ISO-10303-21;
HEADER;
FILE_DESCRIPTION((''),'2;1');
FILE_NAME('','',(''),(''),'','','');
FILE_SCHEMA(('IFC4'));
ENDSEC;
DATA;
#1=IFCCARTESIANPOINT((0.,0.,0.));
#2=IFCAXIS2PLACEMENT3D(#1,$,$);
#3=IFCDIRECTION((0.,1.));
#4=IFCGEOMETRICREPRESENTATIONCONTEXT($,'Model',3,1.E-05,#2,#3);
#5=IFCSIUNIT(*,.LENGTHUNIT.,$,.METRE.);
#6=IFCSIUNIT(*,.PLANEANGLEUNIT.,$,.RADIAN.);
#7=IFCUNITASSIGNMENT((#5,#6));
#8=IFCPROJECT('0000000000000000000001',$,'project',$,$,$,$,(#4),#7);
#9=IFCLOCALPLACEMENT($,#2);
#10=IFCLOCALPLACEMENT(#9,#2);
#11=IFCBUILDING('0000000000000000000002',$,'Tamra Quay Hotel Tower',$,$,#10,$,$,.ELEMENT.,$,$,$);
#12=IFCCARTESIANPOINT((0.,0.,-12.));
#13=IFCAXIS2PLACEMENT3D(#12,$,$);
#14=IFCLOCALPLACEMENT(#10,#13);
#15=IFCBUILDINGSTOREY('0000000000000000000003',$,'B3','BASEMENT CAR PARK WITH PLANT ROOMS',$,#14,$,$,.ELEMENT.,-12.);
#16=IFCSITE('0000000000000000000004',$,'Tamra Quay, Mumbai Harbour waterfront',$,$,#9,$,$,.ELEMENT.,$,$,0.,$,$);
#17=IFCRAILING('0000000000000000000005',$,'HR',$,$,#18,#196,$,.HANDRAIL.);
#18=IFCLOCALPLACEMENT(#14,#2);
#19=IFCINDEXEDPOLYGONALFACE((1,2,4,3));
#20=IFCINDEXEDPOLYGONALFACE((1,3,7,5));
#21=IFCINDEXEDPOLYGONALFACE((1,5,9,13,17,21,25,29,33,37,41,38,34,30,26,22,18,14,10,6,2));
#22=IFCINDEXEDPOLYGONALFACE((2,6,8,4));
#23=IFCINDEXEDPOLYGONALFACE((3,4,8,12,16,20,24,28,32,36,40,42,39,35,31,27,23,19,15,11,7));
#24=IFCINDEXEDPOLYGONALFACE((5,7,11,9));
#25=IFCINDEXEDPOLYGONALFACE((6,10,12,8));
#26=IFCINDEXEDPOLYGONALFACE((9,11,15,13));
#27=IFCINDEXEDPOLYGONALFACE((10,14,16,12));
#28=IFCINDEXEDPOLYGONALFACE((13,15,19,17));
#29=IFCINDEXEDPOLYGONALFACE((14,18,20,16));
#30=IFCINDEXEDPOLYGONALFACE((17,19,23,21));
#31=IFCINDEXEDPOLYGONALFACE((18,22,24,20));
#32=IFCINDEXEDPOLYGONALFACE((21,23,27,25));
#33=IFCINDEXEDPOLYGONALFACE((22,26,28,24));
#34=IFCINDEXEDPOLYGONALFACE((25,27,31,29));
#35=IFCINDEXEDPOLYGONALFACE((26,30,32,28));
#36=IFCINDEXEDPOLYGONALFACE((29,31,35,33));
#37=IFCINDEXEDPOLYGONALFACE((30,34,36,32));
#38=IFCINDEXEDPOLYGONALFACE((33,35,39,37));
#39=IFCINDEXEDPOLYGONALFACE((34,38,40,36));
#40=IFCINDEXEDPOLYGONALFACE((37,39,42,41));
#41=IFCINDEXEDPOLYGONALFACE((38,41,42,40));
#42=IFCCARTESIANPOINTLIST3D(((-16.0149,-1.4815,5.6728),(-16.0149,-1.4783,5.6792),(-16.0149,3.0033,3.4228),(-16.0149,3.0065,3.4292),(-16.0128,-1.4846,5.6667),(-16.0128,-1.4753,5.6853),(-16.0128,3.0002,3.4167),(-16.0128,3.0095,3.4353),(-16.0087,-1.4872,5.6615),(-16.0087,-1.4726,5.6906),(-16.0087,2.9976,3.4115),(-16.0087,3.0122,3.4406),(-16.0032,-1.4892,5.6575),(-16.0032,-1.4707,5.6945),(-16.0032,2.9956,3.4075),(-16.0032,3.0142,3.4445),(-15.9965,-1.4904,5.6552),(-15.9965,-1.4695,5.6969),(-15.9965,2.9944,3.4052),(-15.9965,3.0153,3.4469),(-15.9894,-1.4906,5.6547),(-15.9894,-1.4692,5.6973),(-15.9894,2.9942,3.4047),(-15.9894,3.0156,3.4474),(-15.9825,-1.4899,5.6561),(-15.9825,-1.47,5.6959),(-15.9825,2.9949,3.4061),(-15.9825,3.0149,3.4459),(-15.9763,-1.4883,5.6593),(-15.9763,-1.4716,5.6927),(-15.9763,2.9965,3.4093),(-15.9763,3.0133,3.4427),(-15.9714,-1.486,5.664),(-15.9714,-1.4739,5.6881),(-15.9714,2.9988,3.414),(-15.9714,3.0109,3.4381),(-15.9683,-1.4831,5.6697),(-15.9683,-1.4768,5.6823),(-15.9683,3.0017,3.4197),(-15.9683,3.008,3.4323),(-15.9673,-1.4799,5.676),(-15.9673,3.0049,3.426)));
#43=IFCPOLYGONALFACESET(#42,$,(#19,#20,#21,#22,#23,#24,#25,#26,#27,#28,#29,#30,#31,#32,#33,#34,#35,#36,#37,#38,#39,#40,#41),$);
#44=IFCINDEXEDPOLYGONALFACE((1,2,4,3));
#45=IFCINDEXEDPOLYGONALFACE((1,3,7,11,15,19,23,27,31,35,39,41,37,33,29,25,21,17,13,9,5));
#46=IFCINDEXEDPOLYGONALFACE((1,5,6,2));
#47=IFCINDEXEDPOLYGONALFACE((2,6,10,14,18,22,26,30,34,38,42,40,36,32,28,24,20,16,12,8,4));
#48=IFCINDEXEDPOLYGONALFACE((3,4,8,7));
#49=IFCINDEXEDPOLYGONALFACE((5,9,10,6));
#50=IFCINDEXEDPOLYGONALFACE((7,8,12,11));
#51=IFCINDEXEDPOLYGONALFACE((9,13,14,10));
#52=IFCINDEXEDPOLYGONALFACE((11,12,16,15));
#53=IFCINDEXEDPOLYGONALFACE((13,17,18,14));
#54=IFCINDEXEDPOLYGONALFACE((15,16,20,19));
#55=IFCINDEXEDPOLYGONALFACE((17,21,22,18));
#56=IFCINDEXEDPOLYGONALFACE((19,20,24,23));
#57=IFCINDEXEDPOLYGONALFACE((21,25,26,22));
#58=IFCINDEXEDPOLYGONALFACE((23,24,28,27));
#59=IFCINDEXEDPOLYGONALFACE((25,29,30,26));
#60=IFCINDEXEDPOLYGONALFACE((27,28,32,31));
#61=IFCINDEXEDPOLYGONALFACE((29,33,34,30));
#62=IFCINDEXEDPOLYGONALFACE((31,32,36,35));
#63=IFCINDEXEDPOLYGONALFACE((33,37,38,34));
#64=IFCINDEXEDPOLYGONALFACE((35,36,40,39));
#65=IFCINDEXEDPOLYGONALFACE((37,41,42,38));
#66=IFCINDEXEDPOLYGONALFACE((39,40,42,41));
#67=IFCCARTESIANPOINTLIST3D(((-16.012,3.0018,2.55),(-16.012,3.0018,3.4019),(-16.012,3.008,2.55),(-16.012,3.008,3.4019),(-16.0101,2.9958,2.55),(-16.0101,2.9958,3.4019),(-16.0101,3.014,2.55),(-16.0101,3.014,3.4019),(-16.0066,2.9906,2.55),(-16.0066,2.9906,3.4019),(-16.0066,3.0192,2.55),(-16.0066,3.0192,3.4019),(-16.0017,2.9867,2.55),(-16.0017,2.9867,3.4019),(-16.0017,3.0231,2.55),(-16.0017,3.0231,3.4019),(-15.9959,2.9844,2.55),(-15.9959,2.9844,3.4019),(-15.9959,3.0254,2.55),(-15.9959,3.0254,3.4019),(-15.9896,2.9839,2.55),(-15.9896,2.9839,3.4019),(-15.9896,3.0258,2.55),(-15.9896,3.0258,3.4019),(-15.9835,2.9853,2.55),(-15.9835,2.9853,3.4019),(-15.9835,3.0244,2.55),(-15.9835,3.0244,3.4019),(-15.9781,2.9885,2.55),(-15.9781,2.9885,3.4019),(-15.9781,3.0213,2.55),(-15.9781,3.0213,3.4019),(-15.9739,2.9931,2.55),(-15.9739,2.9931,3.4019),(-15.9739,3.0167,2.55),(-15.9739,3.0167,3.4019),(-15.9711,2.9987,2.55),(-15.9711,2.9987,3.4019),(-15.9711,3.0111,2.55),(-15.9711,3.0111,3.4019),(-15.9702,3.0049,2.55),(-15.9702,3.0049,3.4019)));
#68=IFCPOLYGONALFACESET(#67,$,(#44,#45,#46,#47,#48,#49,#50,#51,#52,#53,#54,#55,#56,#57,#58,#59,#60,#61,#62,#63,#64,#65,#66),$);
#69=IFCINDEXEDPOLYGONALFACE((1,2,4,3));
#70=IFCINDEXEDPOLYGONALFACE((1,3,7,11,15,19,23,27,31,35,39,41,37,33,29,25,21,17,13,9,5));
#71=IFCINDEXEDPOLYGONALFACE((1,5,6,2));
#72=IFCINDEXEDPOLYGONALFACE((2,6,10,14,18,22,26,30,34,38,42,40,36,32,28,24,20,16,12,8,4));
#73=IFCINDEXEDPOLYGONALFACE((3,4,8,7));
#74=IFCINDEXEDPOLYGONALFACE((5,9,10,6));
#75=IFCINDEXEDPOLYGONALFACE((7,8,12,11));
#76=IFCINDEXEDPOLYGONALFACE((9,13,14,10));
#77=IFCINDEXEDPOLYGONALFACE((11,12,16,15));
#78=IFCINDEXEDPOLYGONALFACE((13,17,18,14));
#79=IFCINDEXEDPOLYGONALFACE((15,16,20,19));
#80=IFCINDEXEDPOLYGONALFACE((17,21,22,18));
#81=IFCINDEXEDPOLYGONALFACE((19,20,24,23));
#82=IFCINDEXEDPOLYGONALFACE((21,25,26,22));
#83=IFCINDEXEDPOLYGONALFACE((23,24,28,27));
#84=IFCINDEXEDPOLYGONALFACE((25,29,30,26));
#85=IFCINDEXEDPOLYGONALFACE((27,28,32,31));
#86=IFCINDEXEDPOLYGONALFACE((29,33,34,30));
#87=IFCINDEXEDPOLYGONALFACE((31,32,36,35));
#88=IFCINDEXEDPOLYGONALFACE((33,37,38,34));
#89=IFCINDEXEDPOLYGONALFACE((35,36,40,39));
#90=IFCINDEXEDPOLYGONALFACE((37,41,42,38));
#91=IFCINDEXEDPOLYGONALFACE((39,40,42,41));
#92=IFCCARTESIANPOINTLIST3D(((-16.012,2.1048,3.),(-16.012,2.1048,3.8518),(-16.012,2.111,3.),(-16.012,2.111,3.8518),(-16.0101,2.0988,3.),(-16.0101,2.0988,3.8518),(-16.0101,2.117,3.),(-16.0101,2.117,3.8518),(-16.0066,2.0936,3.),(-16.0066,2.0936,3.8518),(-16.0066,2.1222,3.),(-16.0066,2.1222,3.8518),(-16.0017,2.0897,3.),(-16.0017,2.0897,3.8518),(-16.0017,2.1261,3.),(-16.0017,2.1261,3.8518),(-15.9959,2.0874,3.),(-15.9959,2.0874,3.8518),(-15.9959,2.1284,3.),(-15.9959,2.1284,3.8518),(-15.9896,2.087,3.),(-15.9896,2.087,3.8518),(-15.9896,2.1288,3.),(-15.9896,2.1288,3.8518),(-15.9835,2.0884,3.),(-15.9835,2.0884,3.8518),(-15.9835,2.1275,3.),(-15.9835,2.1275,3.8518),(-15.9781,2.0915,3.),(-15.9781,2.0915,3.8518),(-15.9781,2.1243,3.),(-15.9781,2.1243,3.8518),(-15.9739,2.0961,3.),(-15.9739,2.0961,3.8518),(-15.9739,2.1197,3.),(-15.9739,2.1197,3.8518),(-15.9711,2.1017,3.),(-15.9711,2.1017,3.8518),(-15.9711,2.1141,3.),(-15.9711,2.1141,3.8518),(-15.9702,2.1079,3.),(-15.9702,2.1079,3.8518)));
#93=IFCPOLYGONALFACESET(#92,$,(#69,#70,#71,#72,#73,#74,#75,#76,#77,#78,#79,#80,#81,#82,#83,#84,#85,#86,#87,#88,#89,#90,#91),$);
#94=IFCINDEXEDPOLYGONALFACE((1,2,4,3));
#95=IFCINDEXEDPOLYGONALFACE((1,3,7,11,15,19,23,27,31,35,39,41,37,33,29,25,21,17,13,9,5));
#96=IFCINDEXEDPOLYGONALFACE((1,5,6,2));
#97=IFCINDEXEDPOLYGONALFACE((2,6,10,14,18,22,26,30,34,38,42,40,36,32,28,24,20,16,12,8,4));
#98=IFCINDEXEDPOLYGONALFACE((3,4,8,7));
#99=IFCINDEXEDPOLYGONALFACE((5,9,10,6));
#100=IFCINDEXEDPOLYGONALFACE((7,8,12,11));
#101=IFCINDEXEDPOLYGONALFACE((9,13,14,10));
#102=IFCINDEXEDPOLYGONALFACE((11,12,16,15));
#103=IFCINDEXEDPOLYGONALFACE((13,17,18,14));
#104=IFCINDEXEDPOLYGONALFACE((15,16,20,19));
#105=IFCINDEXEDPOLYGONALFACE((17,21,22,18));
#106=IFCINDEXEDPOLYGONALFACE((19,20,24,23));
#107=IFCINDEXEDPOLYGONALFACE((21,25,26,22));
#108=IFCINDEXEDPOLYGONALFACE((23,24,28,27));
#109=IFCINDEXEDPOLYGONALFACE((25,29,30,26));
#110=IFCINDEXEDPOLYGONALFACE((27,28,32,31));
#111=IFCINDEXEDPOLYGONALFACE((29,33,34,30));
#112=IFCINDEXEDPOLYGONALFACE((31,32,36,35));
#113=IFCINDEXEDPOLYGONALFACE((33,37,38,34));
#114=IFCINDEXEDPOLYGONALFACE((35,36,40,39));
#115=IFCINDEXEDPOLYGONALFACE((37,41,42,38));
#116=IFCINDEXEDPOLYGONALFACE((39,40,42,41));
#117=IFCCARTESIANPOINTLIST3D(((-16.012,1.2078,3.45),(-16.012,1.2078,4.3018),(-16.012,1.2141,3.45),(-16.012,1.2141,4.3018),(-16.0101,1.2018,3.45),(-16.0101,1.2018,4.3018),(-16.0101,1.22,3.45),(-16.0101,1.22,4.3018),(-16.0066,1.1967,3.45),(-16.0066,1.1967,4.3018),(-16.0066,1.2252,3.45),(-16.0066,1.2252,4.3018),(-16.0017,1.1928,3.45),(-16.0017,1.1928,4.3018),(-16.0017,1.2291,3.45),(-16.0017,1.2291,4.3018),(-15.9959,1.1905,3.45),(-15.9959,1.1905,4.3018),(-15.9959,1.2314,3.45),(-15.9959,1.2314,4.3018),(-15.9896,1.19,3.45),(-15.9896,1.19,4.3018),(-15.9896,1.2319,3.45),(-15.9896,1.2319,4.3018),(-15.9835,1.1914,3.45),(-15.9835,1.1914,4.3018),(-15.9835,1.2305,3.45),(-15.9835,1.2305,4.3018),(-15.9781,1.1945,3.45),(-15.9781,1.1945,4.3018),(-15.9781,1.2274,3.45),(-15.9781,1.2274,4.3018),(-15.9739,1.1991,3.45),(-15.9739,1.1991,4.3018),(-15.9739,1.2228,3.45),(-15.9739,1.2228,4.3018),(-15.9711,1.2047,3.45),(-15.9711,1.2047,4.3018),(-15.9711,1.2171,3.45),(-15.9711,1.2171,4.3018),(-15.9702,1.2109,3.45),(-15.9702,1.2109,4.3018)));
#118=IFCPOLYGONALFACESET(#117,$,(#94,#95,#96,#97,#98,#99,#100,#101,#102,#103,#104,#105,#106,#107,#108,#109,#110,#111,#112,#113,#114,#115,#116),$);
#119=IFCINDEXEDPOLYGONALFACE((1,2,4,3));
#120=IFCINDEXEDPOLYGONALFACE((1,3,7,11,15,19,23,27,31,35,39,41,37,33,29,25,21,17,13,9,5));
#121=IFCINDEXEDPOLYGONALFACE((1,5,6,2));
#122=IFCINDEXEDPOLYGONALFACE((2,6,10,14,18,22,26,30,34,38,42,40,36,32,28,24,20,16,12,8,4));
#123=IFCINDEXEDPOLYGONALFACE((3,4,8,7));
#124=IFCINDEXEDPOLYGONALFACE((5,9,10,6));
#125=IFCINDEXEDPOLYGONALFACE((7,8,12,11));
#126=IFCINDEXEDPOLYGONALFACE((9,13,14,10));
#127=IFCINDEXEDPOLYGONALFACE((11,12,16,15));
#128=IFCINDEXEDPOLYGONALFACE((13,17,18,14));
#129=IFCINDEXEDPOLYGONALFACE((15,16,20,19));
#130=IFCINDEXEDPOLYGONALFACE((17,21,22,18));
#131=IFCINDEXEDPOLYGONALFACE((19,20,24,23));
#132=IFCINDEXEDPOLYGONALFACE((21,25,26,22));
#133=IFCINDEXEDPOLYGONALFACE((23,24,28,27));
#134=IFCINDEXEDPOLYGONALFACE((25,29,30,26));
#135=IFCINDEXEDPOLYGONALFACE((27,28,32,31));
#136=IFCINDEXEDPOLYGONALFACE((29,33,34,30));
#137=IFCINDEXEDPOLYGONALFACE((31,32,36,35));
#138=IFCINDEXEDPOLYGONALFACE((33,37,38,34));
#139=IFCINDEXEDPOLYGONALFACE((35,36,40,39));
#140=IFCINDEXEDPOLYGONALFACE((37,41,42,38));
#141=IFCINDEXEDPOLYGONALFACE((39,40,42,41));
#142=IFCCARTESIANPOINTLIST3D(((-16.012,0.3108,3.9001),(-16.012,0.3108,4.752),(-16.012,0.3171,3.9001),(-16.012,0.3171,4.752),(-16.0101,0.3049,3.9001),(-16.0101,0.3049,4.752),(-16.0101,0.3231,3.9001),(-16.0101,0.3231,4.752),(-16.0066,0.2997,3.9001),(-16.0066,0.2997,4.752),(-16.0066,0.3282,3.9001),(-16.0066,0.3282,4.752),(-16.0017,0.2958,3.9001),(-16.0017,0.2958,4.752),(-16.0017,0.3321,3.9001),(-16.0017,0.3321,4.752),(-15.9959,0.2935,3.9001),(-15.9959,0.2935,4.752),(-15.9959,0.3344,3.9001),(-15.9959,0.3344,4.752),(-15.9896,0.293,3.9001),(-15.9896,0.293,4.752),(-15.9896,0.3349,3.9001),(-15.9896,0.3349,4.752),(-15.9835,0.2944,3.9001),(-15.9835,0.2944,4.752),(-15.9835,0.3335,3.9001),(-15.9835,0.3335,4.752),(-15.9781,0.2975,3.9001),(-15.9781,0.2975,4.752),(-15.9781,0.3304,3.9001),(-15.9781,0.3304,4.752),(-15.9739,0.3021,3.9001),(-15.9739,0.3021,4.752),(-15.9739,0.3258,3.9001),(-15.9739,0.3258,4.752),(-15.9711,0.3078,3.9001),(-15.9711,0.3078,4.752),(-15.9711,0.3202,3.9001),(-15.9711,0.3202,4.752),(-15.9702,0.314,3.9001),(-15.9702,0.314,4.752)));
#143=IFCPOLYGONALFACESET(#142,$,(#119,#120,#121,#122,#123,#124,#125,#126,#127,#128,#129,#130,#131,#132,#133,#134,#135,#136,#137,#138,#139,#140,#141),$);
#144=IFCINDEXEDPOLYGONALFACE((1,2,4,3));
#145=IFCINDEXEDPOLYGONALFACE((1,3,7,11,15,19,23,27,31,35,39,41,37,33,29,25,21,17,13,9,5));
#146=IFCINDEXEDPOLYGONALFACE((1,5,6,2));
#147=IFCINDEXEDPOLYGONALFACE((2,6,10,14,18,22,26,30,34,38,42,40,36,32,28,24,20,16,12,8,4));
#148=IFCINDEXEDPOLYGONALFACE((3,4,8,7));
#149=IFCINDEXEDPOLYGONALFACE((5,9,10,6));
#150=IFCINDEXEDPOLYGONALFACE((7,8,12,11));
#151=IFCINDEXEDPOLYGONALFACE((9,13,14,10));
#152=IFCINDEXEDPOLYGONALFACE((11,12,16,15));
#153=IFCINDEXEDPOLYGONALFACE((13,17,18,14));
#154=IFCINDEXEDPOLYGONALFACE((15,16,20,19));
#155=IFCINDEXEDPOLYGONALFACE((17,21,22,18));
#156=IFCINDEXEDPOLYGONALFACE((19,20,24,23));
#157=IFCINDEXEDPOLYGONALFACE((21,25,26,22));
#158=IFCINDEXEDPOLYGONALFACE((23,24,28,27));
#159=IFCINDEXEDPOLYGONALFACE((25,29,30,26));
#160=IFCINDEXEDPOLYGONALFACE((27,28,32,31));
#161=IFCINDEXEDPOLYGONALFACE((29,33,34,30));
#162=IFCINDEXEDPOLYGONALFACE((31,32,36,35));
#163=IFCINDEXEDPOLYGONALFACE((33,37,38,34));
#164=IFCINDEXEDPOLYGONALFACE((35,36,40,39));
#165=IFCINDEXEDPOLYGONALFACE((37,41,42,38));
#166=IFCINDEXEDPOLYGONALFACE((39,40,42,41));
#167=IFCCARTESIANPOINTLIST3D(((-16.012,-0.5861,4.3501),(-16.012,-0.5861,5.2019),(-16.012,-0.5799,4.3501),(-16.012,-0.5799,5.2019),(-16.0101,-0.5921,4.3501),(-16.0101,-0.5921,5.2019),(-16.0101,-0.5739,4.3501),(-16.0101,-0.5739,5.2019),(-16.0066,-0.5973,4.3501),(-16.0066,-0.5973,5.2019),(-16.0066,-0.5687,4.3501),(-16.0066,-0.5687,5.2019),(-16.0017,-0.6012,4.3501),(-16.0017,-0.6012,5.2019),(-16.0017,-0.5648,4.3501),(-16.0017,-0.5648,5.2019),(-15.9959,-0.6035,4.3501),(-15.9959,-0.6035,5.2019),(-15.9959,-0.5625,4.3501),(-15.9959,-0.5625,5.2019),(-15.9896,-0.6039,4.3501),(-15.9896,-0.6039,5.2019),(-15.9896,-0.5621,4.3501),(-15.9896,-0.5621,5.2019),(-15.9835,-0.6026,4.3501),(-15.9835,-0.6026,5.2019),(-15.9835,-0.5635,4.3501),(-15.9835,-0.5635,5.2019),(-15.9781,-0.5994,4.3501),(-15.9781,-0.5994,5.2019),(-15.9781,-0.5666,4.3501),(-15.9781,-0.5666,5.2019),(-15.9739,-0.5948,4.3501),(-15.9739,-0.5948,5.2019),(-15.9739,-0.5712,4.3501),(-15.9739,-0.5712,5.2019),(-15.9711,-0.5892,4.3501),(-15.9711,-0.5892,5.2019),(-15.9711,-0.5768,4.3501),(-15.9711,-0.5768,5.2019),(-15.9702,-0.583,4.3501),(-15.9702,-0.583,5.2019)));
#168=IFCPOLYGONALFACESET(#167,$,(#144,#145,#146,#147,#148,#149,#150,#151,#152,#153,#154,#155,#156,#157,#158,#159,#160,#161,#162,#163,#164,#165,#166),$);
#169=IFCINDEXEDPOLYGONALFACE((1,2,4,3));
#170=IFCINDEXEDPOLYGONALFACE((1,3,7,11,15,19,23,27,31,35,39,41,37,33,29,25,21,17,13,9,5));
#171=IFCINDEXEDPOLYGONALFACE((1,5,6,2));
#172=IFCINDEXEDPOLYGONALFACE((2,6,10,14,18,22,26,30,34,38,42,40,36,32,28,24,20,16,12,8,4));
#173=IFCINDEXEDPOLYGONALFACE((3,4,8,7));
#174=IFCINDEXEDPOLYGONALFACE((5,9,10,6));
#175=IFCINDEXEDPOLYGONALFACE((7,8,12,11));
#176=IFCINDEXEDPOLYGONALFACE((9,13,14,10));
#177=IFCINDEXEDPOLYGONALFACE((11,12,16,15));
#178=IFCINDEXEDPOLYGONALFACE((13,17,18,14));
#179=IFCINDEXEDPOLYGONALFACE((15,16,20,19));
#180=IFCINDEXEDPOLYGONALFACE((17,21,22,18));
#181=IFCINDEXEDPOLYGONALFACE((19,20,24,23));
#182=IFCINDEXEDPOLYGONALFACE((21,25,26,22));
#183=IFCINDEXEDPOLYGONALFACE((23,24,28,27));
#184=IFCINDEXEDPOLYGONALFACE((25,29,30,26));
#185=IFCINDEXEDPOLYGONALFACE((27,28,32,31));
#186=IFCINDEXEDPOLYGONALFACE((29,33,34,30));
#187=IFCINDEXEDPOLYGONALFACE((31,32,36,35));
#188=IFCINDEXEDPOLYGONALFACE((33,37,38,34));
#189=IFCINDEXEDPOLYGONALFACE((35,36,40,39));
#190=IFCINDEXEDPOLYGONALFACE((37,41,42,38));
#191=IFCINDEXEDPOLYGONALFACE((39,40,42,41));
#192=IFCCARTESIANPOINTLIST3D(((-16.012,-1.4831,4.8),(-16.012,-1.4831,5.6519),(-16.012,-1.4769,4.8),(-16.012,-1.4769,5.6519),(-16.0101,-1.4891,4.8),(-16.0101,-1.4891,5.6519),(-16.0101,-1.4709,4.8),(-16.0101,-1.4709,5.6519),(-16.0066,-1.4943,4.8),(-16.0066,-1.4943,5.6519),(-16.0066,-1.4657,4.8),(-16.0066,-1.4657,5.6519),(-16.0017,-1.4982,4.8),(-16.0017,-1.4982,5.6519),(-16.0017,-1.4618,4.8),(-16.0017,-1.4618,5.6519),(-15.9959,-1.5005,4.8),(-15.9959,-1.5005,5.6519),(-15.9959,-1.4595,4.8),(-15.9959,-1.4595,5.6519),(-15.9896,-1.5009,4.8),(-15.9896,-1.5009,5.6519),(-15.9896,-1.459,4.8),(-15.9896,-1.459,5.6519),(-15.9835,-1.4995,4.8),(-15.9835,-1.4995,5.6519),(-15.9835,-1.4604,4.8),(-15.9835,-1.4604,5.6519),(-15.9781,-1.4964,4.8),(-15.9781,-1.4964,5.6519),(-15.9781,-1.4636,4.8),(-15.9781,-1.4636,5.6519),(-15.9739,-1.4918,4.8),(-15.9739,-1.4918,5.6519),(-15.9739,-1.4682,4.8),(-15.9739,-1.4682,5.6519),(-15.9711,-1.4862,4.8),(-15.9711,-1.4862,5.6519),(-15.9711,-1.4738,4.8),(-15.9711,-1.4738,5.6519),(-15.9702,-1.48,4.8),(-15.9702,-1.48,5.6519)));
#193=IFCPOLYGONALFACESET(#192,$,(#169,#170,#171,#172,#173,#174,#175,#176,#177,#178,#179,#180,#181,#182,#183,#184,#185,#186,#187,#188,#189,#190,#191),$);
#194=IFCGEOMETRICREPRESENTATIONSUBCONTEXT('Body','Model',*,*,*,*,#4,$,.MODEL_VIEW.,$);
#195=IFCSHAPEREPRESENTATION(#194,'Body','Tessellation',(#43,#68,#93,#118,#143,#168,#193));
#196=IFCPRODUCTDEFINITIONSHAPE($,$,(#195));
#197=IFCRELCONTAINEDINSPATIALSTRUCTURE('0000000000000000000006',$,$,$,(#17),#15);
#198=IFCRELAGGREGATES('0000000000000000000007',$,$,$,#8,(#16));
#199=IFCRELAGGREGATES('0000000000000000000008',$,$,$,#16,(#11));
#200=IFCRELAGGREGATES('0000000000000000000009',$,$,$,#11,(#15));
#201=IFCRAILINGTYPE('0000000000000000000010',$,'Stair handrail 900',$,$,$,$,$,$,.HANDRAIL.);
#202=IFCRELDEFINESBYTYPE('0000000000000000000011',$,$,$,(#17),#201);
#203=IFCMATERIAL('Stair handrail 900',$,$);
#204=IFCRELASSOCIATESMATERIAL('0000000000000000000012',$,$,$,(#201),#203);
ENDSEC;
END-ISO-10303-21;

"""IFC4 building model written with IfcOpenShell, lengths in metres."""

from ifc_helpers import new_model, si_unit, direction, frame, origin, origin_2d, place, context, subcontext, project, spatial, circle, extrude, material, type_object, element, save


model = new_model("IFC4")

# Units and contexts
model_context = context("Model", 3, precision=1e-05, world=origin(), true_north=direction((0.0, 1.0)))
body_context = subcontext(model_context, "Body", "Model", "MODEL_VIEW")
ifc_project = project(units=[si_unit("LENGTHUNIT", "METRE"), si_unit("PLANEANGLEUNIT", "RADIAN")], contexts=[model_context])

# Site, building, storey
site_placement = place(None, origin())
site = spatial("IfcSite", under=ifc_project, at=site_placement, Name="Tamra Quay, Mumbai Harbour waterfront", CompositionType="ELEMENT", RefElevation=0.0)
building_placement = place(site_placement, origin())
building = spatial("IfcBuilding", under=site, at=building_placement, Name="Tamra Quay Hotel Tower", CompositionType="ELEMENT")
storey_placement = place(building_placement, frame((0.0, 0.0, -12.0)))
storey = spatial("IfcBuildingStorey", under=building, at=storey_placement, Name="B3", Description="BASEMENT CAR PARK WITH PLANT ROOMS", CompositionType="ELEMENT", Elevation=-12.0)

# Railing
ifc_material_1 = material(Name="Stair handrail 900")
railing_type = type_object("IfcRailingType", Name="Stair handrail 900", PredefinedType="HANDRAIL", material=ifc_material_1)
railing_placement = place(storey_placement, frame((-15.9912, 3.0049, 2.55)))
element("IfcRailing", 1, at=railing_placement, inside=storey, type_object=railing_type, Name="HR", PredefinedType="HANDRAIL", context=body_context, shape_type="SweptSolid", body=[
    extrude(circle(Radius=0.0239, at=origin_2d()), frame((0.0, 0.0, 0.876), z_axis=(0.0, -0.893823, 0.44842), x_axis=(1.0, 0.0, 0.0)), (0.0, 0.0, 1.0), 5.0176),
    extrude(circle(Radius=0.021, at=origin_2d()), origin(), (0.0, 0.0, 1.0), 0.8518),
    extrude(circle(Radius=0.021, at=origin_2d()), frame((0.0, -0.897, 0.45)), (0.0, 0.0, 1.0), 0.8518),
    extrude(circle(Radius=0.021, at=origin_2d()), frame((0.0, -1.7939, 0.8999)), (0.0, 0.0, 1.0), 0.8518),
    extrude(circle(Radius=0.021, at=origin_2d()), frame((0.0, -2.6909, 1.3501)), (0.0, 0.0, 1.0), 0.8518),
    extrude(circle(Radius=0.021, at=origin_2d()), frame((0.0, -3.5879, 1.8)), (0.0, 0.0, 1.0), 0.8518),
    extrude(circle(Radius=0.021, at=origin_2d()), frame((0.0, -4.4849, 2.25)), (0.0, 0.0, 1.0), 0.8518),
])

save(model, "model.ifc")
